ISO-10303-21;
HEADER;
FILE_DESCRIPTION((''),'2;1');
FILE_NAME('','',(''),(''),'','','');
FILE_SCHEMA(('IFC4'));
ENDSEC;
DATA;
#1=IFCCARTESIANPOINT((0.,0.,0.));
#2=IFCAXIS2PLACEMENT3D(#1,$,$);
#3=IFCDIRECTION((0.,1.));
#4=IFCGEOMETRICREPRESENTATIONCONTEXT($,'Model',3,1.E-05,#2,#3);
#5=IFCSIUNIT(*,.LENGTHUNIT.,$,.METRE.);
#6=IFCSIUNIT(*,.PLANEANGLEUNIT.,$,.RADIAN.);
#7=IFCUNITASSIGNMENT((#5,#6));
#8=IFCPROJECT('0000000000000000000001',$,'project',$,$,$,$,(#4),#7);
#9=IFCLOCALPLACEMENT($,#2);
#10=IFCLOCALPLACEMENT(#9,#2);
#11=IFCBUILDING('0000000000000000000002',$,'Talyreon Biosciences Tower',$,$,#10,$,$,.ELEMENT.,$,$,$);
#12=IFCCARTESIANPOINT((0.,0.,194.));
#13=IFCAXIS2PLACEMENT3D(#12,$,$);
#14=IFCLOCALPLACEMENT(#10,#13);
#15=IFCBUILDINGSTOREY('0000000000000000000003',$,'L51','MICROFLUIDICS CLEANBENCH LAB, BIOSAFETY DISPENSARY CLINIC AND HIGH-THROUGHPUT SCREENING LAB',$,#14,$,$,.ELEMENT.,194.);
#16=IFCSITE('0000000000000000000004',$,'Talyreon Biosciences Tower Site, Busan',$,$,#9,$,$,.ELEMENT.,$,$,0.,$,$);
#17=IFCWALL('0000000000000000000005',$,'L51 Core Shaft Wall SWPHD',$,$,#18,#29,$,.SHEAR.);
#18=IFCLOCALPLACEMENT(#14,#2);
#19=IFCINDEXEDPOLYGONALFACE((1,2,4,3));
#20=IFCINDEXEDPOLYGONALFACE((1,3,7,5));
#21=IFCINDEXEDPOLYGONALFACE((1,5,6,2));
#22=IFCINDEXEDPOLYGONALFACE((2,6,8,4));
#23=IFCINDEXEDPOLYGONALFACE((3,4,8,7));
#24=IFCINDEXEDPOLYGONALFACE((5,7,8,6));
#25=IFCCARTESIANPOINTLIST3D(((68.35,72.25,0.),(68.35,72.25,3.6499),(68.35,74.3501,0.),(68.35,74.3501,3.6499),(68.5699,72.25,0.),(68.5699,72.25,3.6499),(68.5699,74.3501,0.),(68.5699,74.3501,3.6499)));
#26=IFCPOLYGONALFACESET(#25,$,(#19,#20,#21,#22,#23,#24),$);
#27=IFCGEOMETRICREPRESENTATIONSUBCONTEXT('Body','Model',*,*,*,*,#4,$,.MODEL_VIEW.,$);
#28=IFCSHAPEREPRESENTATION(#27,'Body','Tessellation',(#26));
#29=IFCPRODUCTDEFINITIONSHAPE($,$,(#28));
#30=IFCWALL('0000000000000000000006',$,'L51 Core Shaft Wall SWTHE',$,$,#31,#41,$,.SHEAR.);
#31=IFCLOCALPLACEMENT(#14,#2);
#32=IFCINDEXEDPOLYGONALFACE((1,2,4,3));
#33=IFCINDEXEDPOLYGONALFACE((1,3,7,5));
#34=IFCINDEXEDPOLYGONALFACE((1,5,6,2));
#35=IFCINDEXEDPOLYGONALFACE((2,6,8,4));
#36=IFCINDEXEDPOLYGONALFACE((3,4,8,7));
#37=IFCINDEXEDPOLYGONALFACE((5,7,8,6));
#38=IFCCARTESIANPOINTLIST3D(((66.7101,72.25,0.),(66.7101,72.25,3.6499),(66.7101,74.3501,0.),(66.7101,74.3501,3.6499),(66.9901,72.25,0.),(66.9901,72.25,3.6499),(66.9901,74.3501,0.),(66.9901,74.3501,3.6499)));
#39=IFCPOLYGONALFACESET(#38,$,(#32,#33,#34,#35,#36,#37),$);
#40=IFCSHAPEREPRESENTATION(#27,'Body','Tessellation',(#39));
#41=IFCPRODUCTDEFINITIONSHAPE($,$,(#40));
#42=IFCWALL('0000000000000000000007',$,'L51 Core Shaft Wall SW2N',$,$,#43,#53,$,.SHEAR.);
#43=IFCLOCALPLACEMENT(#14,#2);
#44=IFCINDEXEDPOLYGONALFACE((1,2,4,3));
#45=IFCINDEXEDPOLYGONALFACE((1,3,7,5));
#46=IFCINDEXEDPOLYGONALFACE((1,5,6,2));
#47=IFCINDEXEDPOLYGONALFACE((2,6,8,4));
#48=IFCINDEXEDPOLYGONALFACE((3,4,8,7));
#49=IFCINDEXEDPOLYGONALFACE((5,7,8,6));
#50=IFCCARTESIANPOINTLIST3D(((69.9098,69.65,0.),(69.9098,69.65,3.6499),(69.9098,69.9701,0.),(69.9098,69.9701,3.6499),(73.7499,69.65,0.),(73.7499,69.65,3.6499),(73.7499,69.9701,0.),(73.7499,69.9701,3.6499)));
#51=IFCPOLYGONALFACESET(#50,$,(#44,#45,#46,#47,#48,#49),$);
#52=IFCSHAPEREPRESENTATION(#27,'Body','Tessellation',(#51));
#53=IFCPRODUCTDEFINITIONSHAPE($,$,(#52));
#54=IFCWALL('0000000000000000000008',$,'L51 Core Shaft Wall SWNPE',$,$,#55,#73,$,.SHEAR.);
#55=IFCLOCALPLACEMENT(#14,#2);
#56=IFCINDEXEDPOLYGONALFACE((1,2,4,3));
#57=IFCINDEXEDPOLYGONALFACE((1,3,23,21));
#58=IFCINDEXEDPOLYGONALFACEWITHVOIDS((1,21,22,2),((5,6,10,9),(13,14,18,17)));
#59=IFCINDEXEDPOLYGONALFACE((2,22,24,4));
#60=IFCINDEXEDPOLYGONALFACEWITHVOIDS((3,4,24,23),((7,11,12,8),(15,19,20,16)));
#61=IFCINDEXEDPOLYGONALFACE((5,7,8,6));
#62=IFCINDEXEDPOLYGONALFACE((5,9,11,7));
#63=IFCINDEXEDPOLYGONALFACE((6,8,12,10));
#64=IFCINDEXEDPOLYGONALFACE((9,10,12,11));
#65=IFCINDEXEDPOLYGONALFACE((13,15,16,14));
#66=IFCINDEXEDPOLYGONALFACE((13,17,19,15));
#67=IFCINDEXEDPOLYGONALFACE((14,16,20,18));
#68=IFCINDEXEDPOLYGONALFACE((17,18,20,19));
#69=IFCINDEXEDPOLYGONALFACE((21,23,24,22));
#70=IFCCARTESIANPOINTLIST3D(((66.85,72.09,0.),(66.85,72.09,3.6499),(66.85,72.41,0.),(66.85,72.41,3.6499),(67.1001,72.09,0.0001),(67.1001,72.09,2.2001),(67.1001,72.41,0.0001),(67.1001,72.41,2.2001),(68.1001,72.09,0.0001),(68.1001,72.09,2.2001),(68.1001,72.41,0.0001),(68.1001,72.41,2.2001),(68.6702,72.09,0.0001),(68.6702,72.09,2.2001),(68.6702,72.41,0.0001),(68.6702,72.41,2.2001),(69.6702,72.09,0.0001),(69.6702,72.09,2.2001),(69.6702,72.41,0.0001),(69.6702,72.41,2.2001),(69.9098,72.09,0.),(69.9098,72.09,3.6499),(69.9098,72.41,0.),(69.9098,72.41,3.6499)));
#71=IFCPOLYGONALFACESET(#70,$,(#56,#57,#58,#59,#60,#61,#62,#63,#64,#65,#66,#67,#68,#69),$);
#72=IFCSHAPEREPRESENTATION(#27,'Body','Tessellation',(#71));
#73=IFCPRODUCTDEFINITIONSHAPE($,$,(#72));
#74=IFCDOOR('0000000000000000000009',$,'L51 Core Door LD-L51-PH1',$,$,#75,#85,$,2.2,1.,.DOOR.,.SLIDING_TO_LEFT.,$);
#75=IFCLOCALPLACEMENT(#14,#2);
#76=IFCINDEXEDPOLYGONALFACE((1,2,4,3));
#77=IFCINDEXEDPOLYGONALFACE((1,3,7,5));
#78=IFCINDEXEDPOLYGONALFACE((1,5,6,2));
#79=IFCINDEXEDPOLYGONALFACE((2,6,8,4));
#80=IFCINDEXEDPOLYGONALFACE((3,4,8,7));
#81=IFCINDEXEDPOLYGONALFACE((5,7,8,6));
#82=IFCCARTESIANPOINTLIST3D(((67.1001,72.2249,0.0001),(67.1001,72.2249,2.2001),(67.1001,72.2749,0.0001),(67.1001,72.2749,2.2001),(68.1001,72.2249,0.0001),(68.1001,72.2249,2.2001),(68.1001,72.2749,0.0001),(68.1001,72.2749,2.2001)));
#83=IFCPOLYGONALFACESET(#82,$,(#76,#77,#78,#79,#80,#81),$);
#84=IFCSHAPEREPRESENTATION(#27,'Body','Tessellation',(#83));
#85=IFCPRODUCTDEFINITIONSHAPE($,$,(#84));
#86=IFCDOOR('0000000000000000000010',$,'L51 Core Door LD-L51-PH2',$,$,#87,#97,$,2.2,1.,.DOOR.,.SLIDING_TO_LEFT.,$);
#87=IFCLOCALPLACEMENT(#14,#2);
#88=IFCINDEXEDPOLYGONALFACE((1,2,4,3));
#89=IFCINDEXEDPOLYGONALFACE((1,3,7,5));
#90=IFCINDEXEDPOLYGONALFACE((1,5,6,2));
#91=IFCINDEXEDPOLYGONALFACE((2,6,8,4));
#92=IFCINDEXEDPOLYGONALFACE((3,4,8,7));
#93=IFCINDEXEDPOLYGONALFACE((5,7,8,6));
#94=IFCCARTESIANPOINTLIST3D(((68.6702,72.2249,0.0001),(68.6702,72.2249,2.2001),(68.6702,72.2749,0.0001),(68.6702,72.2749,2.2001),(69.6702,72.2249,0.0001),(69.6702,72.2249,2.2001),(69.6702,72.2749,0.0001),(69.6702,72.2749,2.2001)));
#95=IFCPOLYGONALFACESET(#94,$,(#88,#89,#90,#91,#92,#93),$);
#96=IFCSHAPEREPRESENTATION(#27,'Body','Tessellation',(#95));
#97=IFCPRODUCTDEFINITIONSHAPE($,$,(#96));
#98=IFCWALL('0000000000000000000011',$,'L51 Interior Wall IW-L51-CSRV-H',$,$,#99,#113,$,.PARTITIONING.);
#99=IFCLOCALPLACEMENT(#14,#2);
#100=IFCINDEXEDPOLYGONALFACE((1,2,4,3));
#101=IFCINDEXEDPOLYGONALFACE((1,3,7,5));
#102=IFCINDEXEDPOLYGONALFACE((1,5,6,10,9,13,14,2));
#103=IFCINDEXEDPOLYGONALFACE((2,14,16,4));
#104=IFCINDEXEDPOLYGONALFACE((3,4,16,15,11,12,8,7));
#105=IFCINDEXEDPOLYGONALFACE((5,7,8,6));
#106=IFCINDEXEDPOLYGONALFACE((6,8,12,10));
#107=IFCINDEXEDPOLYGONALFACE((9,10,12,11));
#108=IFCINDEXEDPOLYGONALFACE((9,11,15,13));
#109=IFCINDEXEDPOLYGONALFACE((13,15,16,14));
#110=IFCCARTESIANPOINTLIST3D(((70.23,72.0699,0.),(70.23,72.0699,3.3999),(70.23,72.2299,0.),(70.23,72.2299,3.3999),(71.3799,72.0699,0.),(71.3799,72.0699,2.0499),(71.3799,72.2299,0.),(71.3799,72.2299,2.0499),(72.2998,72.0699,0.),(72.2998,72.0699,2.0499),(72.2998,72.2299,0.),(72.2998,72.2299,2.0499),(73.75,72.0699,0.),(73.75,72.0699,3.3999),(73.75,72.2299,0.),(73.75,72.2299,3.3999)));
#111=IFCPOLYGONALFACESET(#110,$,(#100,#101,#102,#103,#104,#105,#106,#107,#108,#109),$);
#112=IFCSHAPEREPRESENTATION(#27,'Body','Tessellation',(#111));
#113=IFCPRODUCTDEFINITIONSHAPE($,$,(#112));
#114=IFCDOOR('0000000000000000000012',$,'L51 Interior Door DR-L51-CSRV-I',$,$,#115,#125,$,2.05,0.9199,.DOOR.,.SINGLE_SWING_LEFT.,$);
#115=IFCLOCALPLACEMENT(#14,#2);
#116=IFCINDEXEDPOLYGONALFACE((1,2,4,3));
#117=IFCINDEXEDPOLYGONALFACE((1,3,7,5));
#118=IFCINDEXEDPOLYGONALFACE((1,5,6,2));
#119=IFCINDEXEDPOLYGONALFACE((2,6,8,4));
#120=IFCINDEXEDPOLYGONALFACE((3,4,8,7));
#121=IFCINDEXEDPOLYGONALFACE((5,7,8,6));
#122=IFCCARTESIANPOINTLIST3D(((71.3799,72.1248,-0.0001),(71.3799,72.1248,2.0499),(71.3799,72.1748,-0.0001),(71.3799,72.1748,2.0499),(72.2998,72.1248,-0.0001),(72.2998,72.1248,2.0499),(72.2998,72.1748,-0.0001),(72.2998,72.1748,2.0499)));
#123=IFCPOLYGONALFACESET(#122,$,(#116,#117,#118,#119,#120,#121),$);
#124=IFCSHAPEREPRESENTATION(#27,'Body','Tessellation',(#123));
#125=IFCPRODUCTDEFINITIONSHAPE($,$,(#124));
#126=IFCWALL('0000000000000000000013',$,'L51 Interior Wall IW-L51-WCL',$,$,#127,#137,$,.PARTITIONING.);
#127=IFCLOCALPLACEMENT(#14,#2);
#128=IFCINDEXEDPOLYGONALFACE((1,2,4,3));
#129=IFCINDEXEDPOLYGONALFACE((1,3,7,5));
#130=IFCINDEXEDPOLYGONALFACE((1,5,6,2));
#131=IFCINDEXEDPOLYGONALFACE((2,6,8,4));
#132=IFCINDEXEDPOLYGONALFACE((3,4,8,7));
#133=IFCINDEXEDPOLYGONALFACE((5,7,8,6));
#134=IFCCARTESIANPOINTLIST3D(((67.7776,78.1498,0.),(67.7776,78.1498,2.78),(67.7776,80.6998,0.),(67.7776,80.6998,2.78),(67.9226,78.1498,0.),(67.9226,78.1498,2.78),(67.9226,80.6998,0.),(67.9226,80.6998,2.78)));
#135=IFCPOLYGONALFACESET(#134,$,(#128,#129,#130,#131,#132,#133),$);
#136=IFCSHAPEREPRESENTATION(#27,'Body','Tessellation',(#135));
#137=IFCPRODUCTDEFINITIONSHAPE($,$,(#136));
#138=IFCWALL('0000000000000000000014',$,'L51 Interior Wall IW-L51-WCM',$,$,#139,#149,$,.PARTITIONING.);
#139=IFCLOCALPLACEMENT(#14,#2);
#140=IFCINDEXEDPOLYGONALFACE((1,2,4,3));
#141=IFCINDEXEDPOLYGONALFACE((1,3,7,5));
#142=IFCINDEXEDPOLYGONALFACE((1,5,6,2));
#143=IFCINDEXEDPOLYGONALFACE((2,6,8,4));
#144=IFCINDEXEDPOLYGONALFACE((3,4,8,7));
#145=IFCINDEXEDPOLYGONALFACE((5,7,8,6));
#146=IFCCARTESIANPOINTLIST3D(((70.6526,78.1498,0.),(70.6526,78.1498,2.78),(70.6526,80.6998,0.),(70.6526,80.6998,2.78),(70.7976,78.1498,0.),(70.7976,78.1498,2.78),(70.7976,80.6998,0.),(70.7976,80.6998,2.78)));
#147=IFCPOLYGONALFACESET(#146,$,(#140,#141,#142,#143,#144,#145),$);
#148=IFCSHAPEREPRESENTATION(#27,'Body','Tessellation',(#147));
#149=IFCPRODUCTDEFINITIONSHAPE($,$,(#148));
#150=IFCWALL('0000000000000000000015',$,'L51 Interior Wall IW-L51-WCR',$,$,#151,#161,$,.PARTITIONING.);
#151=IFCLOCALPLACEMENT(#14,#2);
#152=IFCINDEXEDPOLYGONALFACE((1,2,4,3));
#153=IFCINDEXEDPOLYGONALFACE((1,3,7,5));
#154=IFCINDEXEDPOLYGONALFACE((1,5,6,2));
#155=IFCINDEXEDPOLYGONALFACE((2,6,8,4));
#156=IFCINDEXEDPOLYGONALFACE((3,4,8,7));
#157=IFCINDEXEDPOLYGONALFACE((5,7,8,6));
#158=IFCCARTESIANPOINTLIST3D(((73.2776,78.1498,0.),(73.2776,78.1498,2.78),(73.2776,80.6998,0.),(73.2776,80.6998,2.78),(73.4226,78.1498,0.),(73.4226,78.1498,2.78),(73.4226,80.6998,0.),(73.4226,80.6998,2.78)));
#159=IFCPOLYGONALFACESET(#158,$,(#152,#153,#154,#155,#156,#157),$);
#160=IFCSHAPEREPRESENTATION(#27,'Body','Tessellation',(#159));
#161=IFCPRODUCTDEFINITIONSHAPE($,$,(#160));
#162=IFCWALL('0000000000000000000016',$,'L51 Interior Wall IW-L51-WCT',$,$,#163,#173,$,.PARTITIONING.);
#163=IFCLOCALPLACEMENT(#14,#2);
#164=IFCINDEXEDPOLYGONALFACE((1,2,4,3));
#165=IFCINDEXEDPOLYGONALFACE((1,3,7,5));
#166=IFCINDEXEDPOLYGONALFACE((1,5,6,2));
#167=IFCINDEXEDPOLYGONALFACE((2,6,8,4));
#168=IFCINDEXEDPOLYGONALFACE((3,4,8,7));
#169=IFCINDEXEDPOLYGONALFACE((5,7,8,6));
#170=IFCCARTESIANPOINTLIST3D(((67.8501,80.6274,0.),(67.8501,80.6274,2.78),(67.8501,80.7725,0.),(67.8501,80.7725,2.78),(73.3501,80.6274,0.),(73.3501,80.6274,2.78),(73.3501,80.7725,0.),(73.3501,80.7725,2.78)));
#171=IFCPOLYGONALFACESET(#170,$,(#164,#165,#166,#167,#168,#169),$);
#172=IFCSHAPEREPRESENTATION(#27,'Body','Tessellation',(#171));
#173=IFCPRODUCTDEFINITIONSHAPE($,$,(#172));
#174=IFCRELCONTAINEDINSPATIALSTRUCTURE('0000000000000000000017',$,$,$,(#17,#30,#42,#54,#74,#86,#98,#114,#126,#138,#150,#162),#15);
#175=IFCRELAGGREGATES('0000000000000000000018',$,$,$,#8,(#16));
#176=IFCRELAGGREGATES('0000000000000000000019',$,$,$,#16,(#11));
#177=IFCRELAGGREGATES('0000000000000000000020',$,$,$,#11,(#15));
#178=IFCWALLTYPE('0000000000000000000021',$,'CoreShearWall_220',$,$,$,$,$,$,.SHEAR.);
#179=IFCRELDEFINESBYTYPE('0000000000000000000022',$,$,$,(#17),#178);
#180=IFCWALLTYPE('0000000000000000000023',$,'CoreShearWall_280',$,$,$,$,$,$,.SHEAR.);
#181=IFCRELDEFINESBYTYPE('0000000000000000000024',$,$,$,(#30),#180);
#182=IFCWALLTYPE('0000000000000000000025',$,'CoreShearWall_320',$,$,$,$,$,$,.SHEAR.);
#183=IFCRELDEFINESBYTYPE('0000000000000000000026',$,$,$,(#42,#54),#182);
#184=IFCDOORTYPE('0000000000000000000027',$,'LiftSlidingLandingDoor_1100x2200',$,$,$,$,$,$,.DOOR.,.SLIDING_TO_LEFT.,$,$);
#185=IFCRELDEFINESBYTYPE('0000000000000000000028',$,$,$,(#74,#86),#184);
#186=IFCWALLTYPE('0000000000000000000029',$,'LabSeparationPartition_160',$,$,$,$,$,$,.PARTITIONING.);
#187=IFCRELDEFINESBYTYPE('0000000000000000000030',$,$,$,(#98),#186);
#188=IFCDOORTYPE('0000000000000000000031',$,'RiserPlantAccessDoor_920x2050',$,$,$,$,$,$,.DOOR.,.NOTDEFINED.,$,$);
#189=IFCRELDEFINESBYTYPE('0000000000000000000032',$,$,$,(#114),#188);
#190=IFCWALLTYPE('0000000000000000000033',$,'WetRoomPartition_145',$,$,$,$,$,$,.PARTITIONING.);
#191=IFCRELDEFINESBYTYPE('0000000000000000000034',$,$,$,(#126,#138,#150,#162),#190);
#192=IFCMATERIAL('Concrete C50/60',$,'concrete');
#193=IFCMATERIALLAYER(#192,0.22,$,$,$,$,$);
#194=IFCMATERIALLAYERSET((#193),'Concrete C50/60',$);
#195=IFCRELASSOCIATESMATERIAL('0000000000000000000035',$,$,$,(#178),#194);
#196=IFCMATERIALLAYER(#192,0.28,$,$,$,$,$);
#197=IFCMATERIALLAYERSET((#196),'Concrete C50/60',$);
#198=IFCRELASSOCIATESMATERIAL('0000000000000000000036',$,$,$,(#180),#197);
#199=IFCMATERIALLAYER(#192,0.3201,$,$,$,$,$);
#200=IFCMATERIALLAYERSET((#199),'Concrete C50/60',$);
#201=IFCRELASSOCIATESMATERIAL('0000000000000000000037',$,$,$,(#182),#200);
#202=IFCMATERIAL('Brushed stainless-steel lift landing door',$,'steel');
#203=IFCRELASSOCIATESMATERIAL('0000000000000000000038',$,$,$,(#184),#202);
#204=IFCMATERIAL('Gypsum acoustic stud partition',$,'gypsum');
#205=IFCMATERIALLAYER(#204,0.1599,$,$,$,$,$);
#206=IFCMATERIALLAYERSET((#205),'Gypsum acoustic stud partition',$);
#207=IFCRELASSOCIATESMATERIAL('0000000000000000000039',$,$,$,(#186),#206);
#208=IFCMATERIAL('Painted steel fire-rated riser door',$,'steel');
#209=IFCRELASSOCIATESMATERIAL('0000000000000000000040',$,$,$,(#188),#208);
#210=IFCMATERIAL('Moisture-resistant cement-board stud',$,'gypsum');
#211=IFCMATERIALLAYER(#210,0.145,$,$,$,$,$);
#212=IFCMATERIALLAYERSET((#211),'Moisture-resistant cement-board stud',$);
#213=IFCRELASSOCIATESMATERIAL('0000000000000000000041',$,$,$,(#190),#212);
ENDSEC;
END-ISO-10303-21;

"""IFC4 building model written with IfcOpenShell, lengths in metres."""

from ifc_helpers import new_model, si_unit, direction, frame, frame_2d, origin, place, context, subcontext, project, spatial, rectangle, extrude, material, layer, layer_set, type_object, element, fill, save


model = new_model("IFC4")

# Units and contexts
model_context = context("Model", 3, precision=1e-05, world=origin(), true_north=direction((0.0, 1.0)))
body_context = subcontext(model_context, "Body", "Model", "MODEL_VIEW")
ifc_project = project(units=[si_unit("LENGTHUNIT", "METRE"), si_unit("PLANEANGLEUNIT", "RADIAN")], contexts=[model_context])

# Site, building, storey
site_placement = place(None, origin())
site = spatial("IfcSite", under=ifc_project, at=site_placement, Name="Talyreon Biosciences Tower Site, Busan", CompositionType="ELEMENT", RefElevation=0.0)
building_placement = place(site_placement, origin())
building = spatial("IfcBuilding", under=site, at=building_placement, Name="Talyreon Biosciences Tower", CompositionType="ELEMENT")
storey_placement = place(building_placement, frame((0.0, 0.0, 194.0)))
storey = spatial("IfcBuildingStorey", under=building, at=storey_placement, Name="L51", Description="MICROFLUIDICS CLEANBENCH LAB, BIOSAFETY DISPENSARY CLINIC AND HIGH-THROUGHPUT SCREENING LAB", CompositionType="ELEMENT", Elevation=194.0)

# Shared definitions
ifc_material_1 = material(Name="Concrete C50/60", Category="concrete")

# Walls
ifc_layer_1 = layer(ifc_material_1, 0.22)
ifc_layer_set_1 = layer_set([ifc_layer_1], Name="Concrete C50/60")
wall_type_1 = type_object("IfcWallType", Name="CoreShearWall_220", PredefinedType="SHEAR", material=ifc_layer_set_1)
wall_1_placement = place(storey_placement, frame((68.46, 72.25, 0.0), z_axis=(0.0, 0.0, 1.0), x_axis=(0.0, 1.0, 0.0)))
element("IfcWall", 1, at=wall_1_placement, inside=storey, type_object=wall_type_1, Name="L51 Core Shaft Wall SWPHD", PredefinedType="SHEAR", context=body_context, shape_type="SweptSolid", body=[
    extrude(rectangle(XDim=2.1001, YDim=0.22, at=frame_2d((1.05, 0.0))), origin(), (0.0, 0.0, 1.0), 3.6499),
])
ifc_layer_2 = layer(ifc_material_1, 0.28)
ifc_layer_set_2 = layer_set([ifc_layer_2], Name="Concrete C50/60")
wall_type_2 = type_object("IfcWallType", Name="CoreShearWall_280", PredefinedType="SHEAR", material=ifc_layer_set_2)
wall_2_placement = place(storey_placement, frame((66.8501, 72.25, 0.0), z_axis=(0.0, 0.0, 1.0), x_axis=(0.0, 1.0, 0.0)))
element("IfcWall", 2, at=wall_2_placement, inside=storey, type_object=wall_type_2, Name="L51 Core Shaft Wall SWTHE", PredefinedType="SHEAR", context=body_context, shape_type="SweptSolid", body=[
    extrude(rectangle(XDim=2.1001, YDim=0.28, at=frame_2d((1.05, 0.0))), origin(), (0.0, 0.0, 1.0), 3.6499),
])
ifc_layer_3 = layer(ifc_material_1, 0.3201)
ifc_layer_set_3 = layer_set([ifc_layer_3], Name="Concrete C50/60")
wall_type_3 = type_object("IfcWallType", Name="CoreShearWall_320", PredefinedType="SHEAR", material=ifc_layer_set_3)
wall_3_placement = place(storey_placement, frame((69.9099, 69.8101, 0.0), z_axis=(0.0, 0.0, 1.0), x_axis=(1.0, 0.0, 0.0)))
element("IfcWall", 3, at=wall_3_placement, inside=storey, type_object=wall_type_3, Name="L51 Core Shaft Wall SW2N", PredefinedType="SHEAR", context=body_context, shape_type="SweptSolid", body=[
    extrude(rectangle(XDim=3.8401, YDim=0.3201, at=frame_2d((1.9199, 0.0))), origin(), (0.0, 0.0, 1.0), 3.6499),
])

# Wall, openings, doors
wall_4_placement = place(storey_placement, frame((66.8501, 72.25, 0.0), z_axis=(0.0, 0.0, 1.0), x_axis=(1.0, 0.0, 0.0)))
wall_4 = element("IfcWall", 4, at=wall_4_placement, inside=storey, type_object=wall_type_3, Name="L51 Core Shaft Wall SWNPE", PredefinedType="SHEAR", context=body_context, shape_type="SweptSolid", body=[
    extrude(rectangle(XDim=3.0598, YDim=0.3201, at=frame_2d((1.5298, 0.0))), origin(), (0.0, 0.0, 1.0), 3.6499),
])
opening_1_placement = place(wall_4_placement, frame((0.25, 0.0, 0.0)))
opening_1 = element("IfcOpeningElement", 5, at=opening_1_placement, cuts=wall_4, PredefinedType="OPENING", context=body_context, shape_type="SweptSolid", body=[
    extrude(rectangle(XDim=1.0, YDim=2.2, at=frame_2d((0.5, 1.1001))), frame((0.0, 0.1699, 0.0), z_axis=(0.0, -1.0, 0.0), x_axis=(1.0, 0.0, 0.0)), (0.0, 0.0, 1.0), 0.3401),
])
opening_2_placement = place(wall_4_placement, frame((1.8201, 0.0, 0.0)))
opening_2 = element("IfcOpeningElement", 6, at=opening_2_placement, cuts=wall_4, PredefinedType="OPENING", context=body_context, shape_type="SweptSolid", body=[
    extrude(rectangle(XDim=1.0, YDim=2.2, at=frame_2d((0.5, 1.1001))), frame((0.0, 0.1699, 0.0), z_axis=(0.0, -1.0, 0.0), x_axis=(1.0, 0.0, 0.0)), (0.0, 0.0, 1.0), 0.3401),
])
ifc_material_2 = material(Name="Brushed stainless-steel lift landing door", Category="steel")
door_type_1 = type_object("IfcDoorType", Name="LiftSlidingLandingDoor_1100x2200", OperationType="SLIDING_TO_LEFT", PredefinedType="DOOR", material=ifc_material_2)
door_1_placement = place(opening_1_placement, origin())
door_1 = element("IfcDoor", 7, at=door_1_placement, inside=storey, type_object=door_type_1, Name="L51 Core Door LD-L51-PH1", OperationType="SLIDING_TO_LEFT", OverallHeight=2.2, OverallWidth=1.0, PredefinedType="DOOR", context=body_context, shape_type="SweptSolid", body=[
    extrude(rectangle(XDim=1.0, YDim=2.2, at=frame_2d((0.5, 1.1001))), frame((0.0, 0.0249, 0.0), z_axis=(0.0, -1.0, 0.0), x_axis=(1.0, 0.0, 0.0)), (0.0, 0.0, 1.0), 0.05),
])
fill(opening_1, door_1)
door_2_placement = place(opening_2_placement, origin())
door_2 = element("IfcDoor", 8, at=door_2_placement, inside=storey, type_object=door_type_1, Name="L51 Core Door LD-L51-PH2", OperationType="SLIDING_TO_LEFT", OverallHeight=2.2, OverallWidth=1.0, PredefinedType="DOOR", context=body_context, shape_type="SweptSolid", body=[
    extrude(rectangle(XDim=1.0, YDim=2.2, at=frame_2d((0.5, 1.1001))), frame((0.0, 0.0249, 0.0), z_axis=(0.0, -1.0, 0.0), x_axis=(1.0, 0.0, 0.0)), (0.0, 0.0, 1.0), 0.05),
])
fill(opening_2, door_2)

# Wall, opening, door
ifc_material_3 = material(Name="Gypsum acoustic stud partition", Category="gypsum")
ifc_layer_4 = layer(ifc_material_3, 0.1599)
ifc_layer_set_4 = layer_set([ifc_layer_4], Name="Gypsum acoustic stud partition")
wall_type_4 = type_object("IfcWallType", Name="LabSeparationPartition_160", PredefinedType="PARTITIONING", material=ifc_layer_set_4)
wall_5_placement = place(storey_placement, frame((70.23, 72.1499, 0.0), z_axis=(0.0, 0.0, 1.0), x_axis=(1.0, 0.0, 0.0)))
wall_5 = element("IfcWall", 9, at=wall_5_placement, inside=storey, type_object=wall_type_4, Name="L51 Interior Wall IW-L51-CSRV-H", PredefinedType="PARTITIONING", context=body_context, shape_type="SweptSolid", body=[
    extrude(rectangle(XDim=3.52, YDim=0.1599, at=frame_2d((1.76, 0.0))), origin(), (0.0, 0.0, 1.0), 3.3999),
])
opening_3_placement = place(wall_5_placement, frame((1.1499, 0.0, 0.0)))
opening_3 = element("IfcOpeningElement", 10, at=opening_3_placement, cuts=wall_5, PredefinedType="OPENING", context=body_context, shape_type="SweptSolid", body=[
    extrude(rectangle(XDim=0.9199, YDim=2.05, at=frame_2d((0.46, 1.0249))), frame((0.0, 0.0898, 0.0), z_axis=(0.0, -1.0, 0.0), x_axis=(1.0, 0.0, 0.0)), (0.0, 0.0, 1.0), 0.1799),
])
ifc_material_4 = material(Name="Painted steel fire-rated riser door", Category="steel")
door_type_2 = type_object("IfcDoorType", Name="RiserPlantAccessDoor_920x2050", OperationType="NOTDEFINED", PredefinedType="DOOR", material=ifc_material_4)
door_3_placement = place(opening_3_placement, origin())
door_3 = element("IfcDoor", 11, at=door_3_placement, inside=storey, type_object=door_type_2, Name="L51 Interior Door DR-L51-CSRV-I", OperationType="SINGLE_SWING_LEFT", OverallHeight=2.05, OverallWidth=0.9199, PredefinedType="DOOR", context=body_context, shape_type="SweptSolid", body=[
    extrude(rectangle(XDim=0.9199, YDim=2.05, at=frame_2d((0.46, 1.0249))), frame((0.0, 0.0249, 0.0), z_axis=(0.0, -1.0, 0.0), x_axis=(1.0, 0.0, 0.0)), (0.0, 0.0, 1.0), 0.05),
])
fill(opening_3, door_3)

# Walls
ifc_material_5 = material(Name="Moisture-resistant cement-board stud", Category="gypsum")
ifc_layer_5 = layer(ifc_material_5, 0.145)
ifc_layer_set_5 = layer_set([ifc_layer_5], Name="Moisture-resistant cement-board stud")
wall_type_5 = type_object("IfcWallType", Name="WetRoomPartition_145", PredefinedType="PARTITIONING", material=ifc_layer_set_5)
for number, where, z_axis, x_axis, name in (
    (12, (67.8501, 78.1499, 0.0), (0.0, 0.0, 1.0), (0.0, 1.0, 0.0), "L51 Interior Wall IW-L51-WCL"),
    (13, (70.7251, 78.1499, 0.0), (0.0, 0.0, 1.0), (0.0, 1.0, 0.0), "L51 Interior Wall IW-L51-WCM"),
    (14, (73.3501, 78.1499, 0.0), (0.0, 0.0, 1.0), (0.0, 1.0, 0.0), "L51 Interior Wall IW-L51-WCR"),
):
    element("IfcWall", number, at=place(storey_placement, frame(where, z_axis=z_axis, x_axis=x_axis)), inside=storey, type_object=wall_type_5, Name=name, PredefinedType="PARTITIONING", context=body_context, shape_type="SweptSolid", body=[
        extrude(rectangle(XDim=2.55, YDim=0.145, at=frame_2d((1.2749, 0.0))), origin(), (0.0, 0.0, 1.0), 2.78),
    ])
wall_6_placement = place(storey_placement, frame((67.8501, 80.7, 0.0), z_axis=(0.0, 0.0, 1.0), x_axis=(1.0, 0.0, 0.0)))
element("IfcWall", 15, at=wall_6_placement, inside=storey, type_object=wall_type_5, Name="L51 Interior Wall IW-L51-WCT", PredefinedType="PARTITIONING", context=body_context, shape_type="SweptSolid", body=[
    extrude(rectangle(XDim=5.5, YDim=0.145, at=frame_2d((2.75, 0.0))), origin(), (0.0, 0.0, 1.0), 2.78),
])

save(model, "model.ifc")
